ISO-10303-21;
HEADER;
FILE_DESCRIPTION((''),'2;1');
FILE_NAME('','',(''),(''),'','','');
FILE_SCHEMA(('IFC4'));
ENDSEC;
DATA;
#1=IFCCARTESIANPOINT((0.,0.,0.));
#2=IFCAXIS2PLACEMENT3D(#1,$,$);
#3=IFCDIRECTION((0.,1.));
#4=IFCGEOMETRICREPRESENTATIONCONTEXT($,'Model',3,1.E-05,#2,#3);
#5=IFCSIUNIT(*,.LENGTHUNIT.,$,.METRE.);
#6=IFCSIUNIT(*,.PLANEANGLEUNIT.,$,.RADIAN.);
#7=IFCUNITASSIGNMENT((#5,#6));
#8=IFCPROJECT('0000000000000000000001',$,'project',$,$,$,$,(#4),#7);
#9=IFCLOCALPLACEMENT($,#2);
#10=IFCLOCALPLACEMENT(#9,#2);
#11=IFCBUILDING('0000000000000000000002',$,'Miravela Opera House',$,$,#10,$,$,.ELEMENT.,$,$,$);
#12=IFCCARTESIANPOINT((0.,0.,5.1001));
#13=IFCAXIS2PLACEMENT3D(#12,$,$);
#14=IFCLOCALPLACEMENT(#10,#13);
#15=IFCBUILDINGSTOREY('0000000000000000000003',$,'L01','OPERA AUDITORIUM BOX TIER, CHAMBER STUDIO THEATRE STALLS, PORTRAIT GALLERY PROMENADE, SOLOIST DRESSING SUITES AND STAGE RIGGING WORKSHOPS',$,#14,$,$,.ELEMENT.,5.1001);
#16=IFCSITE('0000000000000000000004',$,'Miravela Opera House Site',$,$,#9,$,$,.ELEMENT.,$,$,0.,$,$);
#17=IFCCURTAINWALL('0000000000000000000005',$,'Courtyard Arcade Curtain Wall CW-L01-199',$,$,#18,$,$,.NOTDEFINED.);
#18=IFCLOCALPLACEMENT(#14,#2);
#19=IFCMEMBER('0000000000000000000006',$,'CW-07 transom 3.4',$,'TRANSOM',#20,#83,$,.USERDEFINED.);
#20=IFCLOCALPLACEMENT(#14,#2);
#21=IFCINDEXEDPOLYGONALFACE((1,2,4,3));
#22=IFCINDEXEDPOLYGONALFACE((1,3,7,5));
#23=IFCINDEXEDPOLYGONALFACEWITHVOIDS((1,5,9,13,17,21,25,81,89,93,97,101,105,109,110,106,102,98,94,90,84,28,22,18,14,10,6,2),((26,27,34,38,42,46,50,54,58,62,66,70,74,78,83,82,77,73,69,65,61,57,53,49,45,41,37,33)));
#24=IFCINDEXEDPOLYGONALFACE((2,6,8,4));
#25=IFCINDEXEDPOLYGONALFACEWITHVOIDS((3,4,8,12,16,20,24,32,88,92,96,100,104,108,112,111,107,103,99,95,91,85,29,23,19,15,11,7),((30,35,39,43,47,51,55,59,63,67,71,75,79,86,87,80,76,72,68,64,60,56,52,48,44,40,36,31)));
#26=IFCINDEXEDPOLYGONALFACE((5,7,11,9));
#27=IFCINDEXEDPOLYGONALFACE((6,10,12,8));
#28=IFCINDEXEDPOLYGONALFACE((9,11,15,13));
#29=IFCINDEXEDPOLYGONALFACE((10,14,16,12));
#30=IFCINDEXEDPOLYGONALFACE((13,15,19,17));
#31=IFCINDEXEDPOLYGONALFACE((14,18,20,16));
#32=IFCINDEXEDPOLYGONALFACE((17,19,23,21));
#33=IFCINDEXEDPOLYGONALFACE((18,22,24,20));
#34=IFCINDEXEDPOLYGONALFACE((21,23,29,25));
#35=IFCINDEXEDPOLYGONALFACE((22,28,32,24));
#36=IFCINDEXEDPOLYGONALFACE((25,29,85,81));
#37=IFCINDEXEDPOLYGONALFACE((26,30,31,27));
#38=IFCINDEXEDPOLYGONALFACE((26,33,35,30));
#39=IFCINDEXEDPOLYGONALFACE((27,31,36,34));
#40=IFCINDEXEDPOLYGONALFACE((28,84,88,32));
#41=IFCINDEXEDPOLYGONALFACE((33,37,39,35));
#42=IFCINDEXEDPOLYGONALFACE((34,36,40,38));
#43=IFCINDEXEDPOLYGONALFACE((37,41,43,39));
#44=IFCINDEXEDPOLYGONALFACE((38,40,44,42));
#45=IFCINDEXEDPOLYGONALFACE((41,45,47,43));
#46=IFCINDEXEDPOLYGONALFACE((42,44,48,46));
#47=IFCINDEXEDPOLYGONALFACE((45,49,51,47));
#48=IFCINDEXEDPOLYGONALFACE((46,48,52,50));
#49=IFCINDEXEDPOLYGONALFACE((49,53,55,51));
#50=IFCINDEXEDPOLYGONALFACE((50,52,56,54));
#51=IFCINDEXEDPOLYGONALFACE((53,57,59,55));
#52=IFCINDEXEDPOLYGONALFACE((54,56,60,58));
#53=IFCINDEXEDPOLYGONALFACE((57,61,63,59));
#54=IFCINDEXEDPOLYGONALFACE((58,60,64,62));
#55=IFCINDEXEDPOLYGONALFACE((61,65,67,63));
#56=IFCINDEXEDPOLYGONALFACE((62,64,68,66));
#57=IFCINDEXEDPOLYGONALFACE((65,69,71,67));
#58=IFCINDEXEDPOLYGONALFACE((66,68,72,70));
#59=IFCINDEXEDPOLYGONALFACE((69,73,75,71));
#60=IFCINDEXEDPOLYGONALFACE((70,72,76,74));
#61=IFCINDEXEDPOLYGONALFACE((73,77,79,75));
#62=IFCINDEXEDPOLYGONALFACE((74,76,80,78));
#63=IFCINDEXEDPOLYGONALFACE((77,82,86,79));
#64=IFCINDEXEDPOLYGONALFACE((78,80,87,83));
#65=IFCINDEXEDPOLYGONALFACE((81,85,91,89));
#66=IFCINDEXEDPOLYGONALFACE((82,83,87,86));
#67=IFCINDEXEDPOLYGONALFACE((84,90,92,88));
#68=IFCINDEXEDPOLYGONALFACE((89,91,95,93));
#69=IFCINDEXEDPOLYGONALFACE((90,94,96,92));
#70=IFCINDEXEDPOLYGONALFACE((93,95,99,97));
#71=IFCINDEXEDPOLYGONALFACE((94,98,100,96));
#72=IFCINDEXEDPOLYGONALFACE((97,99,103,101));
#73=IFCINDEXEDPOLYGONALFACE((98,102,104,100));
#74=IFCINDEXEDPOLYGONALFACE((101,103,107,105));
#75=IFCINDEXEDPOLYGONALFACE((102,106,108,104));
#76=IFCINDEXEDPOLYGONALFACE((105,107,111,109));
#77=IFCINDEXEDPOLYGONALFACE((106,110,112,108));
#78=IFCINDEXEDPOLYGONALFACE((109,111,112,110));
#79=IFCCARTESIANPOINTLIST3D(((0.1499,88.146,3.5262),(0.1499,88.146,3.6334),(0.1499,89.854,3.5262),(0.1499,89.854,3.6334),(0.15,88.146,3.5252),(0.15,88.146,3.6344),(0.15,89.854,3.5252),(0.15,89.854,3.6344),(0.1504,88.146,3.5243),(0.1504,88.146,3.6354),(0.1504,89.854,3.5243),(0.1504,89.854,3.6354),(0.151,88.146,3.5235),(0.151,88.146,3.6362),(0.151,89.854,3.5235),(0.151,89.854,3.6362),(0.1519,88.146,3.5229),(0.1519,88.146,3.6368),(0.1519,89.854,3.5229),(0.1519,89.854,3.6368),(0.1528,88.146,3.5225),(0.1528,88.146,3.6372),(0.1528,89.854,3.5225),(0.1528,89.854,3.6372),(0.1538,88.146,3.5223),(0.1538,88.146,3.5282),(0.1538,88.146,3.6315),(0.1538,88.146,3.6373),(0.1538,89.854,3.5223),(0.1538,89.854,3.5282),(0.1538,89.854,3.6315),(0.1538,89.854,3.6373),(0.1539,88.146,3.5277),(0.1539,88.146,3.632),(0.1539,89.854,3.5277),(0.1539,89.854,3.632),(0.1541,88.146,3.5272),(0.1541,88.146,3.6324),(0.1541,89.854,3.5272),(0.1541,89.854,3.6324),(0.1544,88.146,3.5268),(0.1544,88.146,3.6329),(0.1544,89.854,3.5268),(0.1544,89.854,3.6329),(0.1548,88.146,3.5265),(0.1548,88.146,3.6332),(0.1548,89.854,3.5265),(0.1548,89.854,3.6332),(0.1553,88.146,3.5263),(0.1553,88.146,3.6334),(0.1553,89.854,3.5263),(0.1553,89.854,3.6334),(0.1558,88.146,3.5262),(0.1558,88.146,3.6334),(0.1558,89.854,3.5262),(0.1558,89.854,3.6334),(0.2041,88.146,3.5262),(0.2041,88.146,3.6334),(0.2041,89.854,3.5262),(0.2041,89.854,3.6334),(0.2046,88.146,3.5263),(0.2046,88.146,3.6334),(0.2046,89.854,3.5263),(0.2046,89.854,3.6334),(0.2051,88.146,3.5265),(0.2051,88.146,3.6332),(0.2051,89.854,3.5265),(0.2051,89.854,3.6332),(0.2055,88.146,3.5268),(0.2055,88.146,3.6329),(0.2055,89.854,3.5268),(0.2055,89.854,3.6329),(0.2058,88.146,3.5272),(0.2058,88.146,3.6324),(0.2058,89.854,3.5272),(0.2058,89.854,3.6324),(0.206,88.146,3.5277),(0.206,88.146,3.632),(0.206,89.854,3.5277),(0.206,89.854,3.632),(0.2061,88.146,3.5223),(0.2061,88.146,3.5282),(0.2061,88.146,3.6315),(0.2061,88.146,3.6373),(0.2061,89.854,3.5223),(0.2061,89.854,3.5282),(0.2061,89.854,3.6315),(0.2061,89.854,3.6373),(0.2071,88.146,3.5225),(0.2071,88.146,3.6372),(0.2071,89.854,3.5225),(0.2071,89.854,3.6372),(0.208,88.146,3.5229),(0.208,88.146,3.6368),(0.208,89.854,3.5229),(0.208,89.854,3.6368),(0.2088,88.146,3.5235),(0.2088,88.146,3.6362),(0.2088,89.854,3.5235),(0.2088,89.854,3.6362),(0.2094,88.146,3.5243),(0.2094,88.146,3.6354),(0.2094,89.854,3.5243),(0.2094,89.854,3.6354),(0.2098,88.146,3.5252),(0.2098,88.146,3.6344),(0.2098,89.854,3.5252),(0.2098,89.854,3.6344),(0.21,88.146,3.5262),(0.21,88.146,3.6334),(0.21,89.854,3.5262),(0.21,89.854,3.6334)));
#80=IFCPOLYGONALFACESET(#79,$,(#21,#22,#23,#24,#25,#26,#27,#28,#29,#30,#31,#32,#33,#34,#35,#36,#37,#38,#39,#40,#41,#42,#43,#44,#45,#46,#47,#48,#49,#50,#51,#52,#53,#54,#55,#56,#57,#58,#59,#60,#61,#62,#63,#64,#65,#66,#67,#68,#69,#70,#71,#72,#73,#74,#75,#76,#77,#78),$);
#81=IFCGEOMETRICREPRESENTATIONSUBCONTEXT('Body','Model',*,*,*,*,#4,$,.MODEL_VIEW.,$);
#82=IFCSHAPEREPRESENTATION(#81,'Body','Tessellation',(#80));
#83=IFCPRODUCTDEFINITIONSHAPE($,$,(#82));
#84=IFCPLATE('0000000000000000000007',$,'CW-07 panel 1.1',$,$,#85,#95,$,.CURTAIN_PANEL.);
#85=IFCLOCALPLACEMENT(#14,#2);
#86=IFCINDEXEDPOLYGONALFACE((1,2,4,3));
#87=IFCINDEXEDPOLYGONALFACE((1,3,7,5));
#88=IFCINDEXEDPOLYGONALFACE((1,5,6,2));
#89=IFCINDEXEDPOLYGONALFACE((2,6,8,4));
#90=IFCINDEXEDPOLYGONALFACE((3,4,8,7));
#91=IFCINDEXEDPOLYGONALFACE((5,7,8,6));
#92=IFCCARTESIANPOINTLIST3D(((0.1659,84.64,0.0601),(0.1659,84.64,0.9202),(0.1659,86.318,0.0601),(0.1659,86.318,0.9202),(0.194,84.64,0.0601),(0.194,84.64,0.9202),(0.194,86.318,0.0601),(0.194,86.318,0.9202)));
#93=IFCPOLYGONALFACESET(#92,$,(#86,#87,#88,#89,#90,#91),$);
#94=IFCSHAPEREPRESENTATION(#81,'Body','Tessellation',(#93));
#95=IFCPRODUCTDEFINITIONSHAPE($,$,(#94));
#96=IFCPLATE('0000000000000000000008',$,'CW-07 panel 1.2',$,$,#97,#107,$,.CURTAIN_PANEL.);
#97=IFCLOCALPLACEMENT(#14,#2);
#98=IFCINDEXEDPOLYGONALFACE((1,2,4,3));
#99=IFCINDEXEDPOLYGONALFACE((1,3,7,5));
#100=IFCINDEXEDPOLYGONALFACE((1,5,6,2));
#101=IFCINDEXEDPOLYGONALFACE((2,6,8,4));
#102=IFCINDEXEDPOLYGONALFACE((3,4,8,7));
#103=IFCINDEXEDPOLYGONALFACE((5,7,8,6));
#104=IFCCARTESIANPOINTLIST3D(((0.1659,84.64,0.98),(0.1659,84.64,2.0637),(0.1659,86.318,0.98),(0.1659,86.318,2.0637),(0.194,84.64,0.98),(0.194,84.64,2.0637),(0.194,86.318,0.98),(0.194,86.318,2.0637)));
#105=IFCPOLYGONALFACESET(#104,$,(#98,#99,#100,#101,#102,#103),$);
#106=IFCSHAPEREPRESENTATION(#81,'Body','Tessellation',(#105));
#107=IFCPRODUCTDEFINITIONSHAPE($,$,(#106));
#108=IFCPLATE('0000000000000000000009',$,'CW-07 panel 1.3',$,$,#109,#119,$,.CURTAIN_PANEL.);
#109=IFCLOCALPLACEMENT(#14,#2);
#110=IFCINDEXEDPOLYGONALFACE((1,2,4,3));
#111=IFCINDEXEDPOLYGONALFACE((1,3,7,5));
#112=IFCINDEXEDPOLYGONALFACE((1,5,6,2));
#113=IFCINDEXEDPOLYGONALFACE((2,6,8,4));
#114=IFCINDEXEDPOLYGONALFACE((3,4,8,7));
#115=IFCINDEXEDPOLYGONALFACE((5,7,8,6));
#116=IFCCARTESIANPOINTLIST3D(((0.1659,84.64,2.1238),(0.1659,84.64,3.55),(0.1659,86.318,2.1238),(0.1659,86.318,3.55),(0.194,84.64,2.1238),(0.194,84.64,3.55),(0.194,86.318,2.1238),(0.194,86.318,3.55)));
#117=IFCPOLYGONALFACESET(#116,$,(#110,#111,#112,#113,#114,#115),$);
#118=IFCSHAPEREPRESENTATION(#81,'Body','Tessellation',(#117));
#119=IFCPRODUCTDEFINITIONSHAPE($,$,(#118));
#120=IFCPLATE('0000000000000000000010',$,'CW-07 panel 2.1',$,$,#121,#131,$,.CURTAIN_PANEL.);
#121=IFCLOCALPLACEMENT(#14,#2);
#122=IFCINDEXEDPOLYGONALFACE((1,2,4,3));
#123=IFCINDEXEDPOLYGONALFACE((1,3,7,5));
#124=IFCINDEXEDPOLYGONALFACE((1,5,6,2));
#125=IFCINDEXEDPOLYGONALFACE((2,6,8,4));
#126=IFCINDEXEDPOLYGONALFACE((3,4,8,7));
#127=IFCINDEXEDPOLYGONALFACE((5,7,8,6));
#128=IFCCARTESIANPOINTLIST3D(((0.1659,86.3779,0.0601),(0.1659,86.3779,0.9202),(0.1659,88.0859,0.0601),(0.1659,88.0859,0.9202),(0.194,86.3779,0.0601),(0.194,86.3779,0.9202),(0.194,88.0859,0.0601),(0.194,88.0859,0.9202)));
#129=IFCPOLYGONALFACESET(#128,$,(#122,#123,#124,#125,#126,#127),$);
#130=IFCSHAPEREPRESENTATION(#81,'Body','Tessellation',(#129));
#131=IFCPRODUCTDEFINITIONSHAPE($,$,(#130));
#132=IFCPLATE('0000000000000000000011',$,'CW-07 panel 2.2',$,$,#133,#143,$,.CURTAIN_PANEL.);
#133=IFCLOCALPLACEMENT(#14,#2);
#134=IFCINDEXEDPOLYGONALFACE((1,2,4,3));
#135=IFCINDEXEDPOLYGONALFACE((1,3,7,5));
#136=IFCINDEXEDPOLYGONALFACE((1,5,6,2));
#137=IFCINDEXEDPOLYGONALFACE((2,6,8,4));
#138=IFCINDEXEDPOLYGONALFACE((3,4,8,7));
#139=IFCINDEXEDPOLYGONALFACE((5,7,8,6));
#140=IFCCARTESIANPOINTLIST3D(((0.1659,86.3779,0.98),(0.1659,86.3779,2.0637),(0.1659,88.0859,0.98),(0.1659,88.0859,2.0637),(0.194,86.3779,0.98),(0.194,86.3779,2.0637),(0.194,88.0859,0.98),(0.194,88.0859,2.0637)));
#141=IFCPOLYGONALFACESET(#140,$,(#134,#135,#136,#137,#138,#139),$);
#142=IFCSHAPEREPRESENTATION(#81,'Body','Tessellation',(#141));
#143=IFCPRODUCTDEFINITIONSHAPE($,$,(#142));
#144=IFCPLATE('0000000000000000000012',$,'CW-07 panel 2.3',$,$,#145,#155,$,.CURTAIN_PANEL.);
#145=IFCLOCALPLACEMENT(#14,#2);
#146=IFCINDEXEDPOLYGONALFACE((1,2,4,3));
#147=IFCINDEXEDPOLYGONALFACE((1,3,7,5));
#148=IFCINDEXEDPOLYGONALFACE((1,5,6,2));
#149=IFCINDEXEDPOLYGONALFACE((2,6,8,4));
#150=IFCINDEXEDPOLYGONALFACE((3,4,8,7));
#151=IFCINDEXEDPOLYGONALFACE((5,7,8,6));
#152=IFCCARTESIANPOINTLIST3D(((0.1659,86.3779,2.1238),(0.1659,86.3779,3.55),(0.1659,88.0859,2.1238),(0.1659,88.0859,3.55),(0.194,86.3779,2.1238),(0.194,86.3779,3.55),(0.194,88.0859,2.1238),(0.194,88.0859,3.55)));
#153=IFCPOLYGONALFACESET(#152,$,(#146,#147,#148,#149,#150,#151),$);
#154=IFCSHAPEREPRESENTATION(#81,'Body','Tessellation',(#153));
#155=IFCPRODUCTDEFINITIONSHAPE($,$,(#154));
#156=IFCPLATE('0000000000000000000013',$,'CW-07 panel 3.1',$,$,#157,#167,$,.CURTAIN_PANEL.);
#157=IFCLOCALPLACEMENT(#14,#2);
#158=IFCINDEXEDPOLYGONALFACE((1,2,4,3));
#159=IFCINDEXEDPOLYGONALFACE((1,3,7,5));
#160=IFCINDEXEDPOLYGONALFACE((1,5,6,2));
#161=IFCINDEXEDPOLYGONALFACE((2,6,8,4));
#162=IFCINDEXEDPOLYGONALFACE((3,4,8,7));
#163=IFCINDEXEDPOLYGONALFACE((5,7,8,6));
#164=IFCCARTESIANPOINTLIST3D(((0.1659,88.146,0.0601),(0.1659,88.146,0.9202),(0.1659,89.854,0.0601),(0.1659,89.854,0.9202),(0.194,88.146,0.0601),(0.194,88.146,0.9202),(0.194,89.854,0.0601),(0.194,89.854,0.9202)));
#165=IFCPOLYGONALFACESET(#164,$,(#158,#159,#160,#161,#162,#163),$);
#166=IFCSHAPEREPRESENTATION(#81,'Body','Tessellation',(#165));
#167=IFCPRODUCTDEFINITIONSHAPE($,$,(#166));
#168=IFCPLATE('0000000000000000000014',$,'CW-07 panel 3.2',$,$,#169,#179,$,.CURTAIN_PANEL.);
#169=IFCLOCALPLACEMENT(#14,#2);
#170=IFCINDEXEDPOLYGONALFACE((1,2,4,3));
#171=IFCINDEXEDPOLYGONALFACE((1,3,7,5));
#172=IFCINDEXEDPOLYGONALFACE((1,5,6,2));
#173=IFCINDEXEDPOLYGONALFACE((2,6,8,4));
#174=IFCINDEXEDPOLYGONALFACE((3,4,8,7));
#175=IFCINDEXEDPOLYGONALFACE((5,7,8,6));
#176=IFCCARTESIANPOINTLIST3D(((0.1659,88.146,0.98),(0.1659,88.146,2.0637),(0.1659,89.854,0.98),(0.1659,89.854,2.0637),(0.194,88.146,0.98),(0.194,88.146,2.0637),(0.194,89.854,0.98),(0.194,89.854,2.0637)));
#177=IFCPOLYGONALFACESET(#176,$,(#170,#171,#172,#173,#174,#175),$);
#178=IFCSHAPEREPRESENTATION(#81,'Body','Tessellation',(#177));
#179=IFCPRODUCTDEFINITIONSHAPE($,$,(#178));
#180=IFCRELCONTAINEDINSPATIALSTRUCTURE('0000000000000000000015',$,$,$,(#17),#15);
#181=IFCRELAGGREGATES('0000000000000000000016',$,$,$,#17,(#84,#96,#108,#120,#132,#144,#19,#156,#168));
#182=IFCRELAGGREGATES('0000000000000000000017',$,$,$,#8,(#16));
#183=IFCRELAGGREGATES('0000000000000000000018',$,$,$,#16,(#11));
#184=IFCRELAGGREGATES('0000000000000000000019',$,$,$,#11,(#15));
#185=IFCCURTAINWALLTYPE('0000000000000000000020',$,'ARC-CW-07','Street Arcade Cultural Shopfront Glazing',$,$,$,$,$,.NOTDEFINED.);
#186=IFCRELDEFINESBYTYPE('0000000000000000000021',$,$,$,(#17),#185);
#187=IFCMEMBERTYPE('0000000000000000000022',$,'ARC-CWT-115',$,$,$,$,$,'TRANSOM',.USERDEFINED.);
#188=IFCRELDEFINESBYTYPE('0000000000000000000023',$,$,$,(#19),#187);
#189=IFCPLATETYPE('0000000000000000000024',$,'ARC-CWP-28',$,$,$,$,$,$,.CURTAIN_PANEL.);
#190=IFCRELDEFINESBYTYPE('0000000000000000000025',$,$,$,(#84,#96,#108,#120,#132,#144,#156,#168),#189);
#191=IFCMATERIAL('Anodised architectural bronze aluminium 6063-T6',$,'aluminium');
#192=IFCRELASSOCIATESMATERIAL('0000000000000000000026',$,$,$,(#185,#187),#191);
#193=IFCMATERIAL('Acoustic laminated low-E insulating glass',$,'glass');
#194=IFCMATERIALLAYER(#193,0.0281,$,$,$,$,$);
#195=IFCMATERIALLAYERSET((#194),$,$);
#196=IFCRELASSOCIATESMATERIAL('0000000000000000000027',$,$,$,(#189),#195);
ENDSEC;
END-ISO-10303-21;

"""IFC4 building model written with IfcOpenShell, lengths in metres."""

from ifc_helpers import new_model, si_unit, direction, frame, origin, origin_2d, place, context, subcontext, project, spatial, rectangle, hollow_rectangle, extrude, material, layer, layer_set, material_profile, profile_set, type_object, element, aggregate, save


model = new_model("IFC4")

# Units and contexts
model_context = context("Model", 3, precision=1e-05, world=origin(), true_north=direction((0.0, 1.0)))
body_context = subcontext(model_context, "Body", "Model", "MODEL_VIEW")
ifc_project = project(units=[si_unit("LENGTHUNIT", "METRE"), si_unit("PLANEANGLEUNIT", "RADIAN")], contexts=[model_context])

# Site, building, storey
site_placement = place(None, origin())
site = spatial("IfcSite", under=ifc_project, at=site_placement, Name="Miravela Opera House Site", CompositionType="ELEMENT", RefElevation=0.0)
building_placement = place(site_placement, origin())
building = spatial("IfcBuilding", under=site, at=building_placement, Name="Miravela Opera House", CompositionType="ELEMENT")
storey_placement = place(building_placement, frame((0.0, 0.0, 5.1001)))
storey = spatial("IfcBuildingStorey", under=building, at=storey_placement, Name="L01", Description="OPERA AUDITORIUM BOX TIER, CHAMBER STUDIO THEATRE STALLS, PORTRAIT GALLERY PROMENADE, SOLOIST DRESSING SUITES AND STAGE RIGGING WORKSHOPS", CompositionType="ELEMENT", Elevation=5.1001)

# Curtain wall, member, plates
ifc_material_1 = material(Name="Anodised architectural bronze aluminium 6063-T6", Category="aluminium")
curtain_wall_type = type_object("IfcCurtainWallType", Name="ARC-CW-07", Description="Street Arcade Cultural Shopfront Glazing", PredefinedType="NOTDEFINED", material=ifc_material_1)
curtain_wall_placement = place(storey_placement, origin())
curtain_wall = element("IfcCurtainWall", 1, at=curtain_wall_placement, inside=storey, type_object=curtain_wall_type, Name="Courtyard Arcade Curtain Wall CW-L01-199", PredefinedType="NOTDEFINED")
ifc_material_profile_1 = material_profile(ifc_material_1, hollow_rectangle(XDim=0.0601, YDim=0.115, WallThickness=0.0039, InnerFilletRadius=0.002, OuterFilletRadius=0.0039, at=origin_2d()), Name="CWT-60X115")
ifc_profile_set_1 = profile_set([ifc_material_profile_1])
member_type_1 = type_object("IfcMemberType", Name="ARC-CWT-115", ElementType="TRANSOM", PredefinedType="USERDEFINED", material=ifc_profile_set_1)
member_1_placement = place(storey_placement, frame((0.1799, 88.146, 3.5798), z_axis=(0.0, 1.0, 0.0), x_axis=(-1.0, 0.0, 0.0)))
member_1 = element("IfcMember", 2, at=member_1_placement, type_object=member_type_1, Name="CW-07 transom 3.4", ObjectType="TRANSOM", PredefinedType="USERDEFINED", context=body_context, shape_type="SweptSolid", body=[
    extrude(hollow_rectangle(XDim=0.0601, YDim=0.115, WallThickness=0.0039, InnerFilletRadius=0.002, OuterFilletRadius=0.0039, at=origin_2d()), origin(), (0.0, 0.0, 1.0), 1.708),
])
ifc_material_2 = material(Name="Acoustic laminated low-E insulating glass", Category="glass")
ifc_layer = layer(ifc_material_2, 0.0281)
ifc_layer_set = layer_set([ifc_layer])
plate_type = type_object("IfcPlateType", Name="ARC-CWP-28", PredefinedType="CURTAIN_PANEL", material=ifc_layer_set)
plate_1_placement = place(storey_placement, frame((0.1799, 85.479, 0.0601), z_axis=(0.0, 0.0, 1.0), x_axis=(0.0, 1.0, 0.0)))
plate_1 = element("IfcPlate", 3, at=plate_1_placement, type_object=plate_type, Name="CW-07 panel 1.1", PredefinedType="CURTAIN_PANEL", context=body_context, shape_type="SweptSolid", body=[
    extrude(rectangle(XDim=1.678, YDim=0.0281, at=origin_2d()), origin(), (0.0, 0.0, 1.0), 0.8601),
])
plate_2_placement = place(storey_placement, frame((0.1799, 85.479, 0.98), z_axis=(0.0, 0.0, 1.0), x_axis=(0.0, 1.0, 0.0)))
plate_2 = element("IfcPlate", 4, at=plate_2_placement, type_object=plate_type, Name="CW-07 panel 1.2", PredefinedType="CURTAIN_PANEL", context=body_context, shape_type="SweptSolid", body=[
    extrude(rectangle(XDim=1.678, YDim=0.0281, at=origin_2d()), origin(), (0.0, 0.0, 1.0), 1.0837),
])
plate_3_placement = place(storey_placement, frame((0.1799, 85.479, 2.1238), z_axis=(0.0, 0.0, 1.0), x_axis=(0.0, 1.0, 0.0)))
plate_3 = element("IfcPlate", 5, at=plate_3_placement, type_object=plate_type, Name="CW-07 panel 1.3", PredefinedType="CURTAIN_PANEL", context=body_context, shape_type="SweptSolid", body=[
    extrude(rectangle(XDim=1.678, YDim=0.0281, at=origin_2d()), origin(), (0.0, 0.0, 1.0), 1.4263),
])
plate_4_placement = place(storey_placement, frame((0.1799, 87.2319, 0.0601), z_axis=(0.0, 0.0, 1.0), x_axis=(0.0, 1.0, 0.0)))
plate_4 = element("IfcPlate", 6, at=plate_4_placement, type_object=plate_type, Name="CW-07 panel 2.1", PredefinedType="CURTAIN_PANEL", context=body_context, shape_type="SweptSolid", body=[
    extrude(rectangle(XDim=1.708, YDim=0.0281, at=origin_2d()), origin(), (0.0, 0.0, 1.0), 0.8601),
])
plate_5_placement = place(storey_placement, frame((0.1799, 87.2319, 0.98), z_axis=(0.0, 0.0, 1.0), x_axis=(0.0, 1.0, 0.0)))
plate_5 = element("IfcPlate", 7, at=plate_5_placement, type_object=plate_type, Name="CW-07 panel 2.2", PredefinedType="CURTAIN_PANEL", context=body_context, shape_type="SweptSolid", body=[
    extrude(rectangle(XDim=1.708, YDim=0.0281, at=origin_2d()), origin(), (0.0, 0.0, 1.0), 1.0837),
])
plate_6_placement = place(storey_placement, frame((0.1799, 87.2319, 2.1238), z_axis=(0.0, 0.0, 1.0), x_axis=(0.0, 1.0, 0.0)))
plate_6 = element("IfcPlate", 8, at=plate_6_placement, type_object=plate_type, Name="CW-07 panel 2.3", PredefinedType="CURTAIN_PANEL", context=body_context, shape_type="SweptSolid", body=[
    extrude(rectangle(XDim=1.708, YDim=0.0281, at=origin_2d()), origin(), (0.0, 0.0, 1.0), 1.4263),
])
plate_7_placement = place(storey_placement, frame((0.1799, 89.0, 0.0601), z_axis=(0.0, 0.0, 1.0), x_axis=(0.0, 1.0, 0.0)))
plate_7 = element("IfcPlate", 9, at=plate_7_placement, type_object=plate_type, Name="CW-07 panel 3.1", PredefinedType="CURTAIN_PANEL", context=body_context, shape_type="SweptSolid", body=[
    extrude(rectangle(XDim=1.708, YDim=0.0281, at=origin_2d()), origin(), (0.0, 0.0, 1.0), 0.8601),
])
plate_8_placement = place(storey_placement, frame((0.1799, 89.0, 0.98), z_axis=(0.0, 0.0, 1.0), x_axis=(0.0, 1.0, 0.0)))
plate_8 = element("IfcPlate", 10, at=plate_8_placement, type_object=plate_type, Name="CW-07 panel 3.2", PredefinedType="CURTAIN_PANEL", context=body_context, shape_type="SweptSolid", body=[
    extrude(rectangle(XDim=1.708, YDim=0.0281, at=origin_2d()), origin(), (0.0, 0.0, 1.0), 1.0837),
])
aggregate(curtain_wall, [plate_1, plate_2, plate_3, plate_4, plate_5, plate_6, member_1, plate_7, plate_8])

save(model, "model.ifc")
